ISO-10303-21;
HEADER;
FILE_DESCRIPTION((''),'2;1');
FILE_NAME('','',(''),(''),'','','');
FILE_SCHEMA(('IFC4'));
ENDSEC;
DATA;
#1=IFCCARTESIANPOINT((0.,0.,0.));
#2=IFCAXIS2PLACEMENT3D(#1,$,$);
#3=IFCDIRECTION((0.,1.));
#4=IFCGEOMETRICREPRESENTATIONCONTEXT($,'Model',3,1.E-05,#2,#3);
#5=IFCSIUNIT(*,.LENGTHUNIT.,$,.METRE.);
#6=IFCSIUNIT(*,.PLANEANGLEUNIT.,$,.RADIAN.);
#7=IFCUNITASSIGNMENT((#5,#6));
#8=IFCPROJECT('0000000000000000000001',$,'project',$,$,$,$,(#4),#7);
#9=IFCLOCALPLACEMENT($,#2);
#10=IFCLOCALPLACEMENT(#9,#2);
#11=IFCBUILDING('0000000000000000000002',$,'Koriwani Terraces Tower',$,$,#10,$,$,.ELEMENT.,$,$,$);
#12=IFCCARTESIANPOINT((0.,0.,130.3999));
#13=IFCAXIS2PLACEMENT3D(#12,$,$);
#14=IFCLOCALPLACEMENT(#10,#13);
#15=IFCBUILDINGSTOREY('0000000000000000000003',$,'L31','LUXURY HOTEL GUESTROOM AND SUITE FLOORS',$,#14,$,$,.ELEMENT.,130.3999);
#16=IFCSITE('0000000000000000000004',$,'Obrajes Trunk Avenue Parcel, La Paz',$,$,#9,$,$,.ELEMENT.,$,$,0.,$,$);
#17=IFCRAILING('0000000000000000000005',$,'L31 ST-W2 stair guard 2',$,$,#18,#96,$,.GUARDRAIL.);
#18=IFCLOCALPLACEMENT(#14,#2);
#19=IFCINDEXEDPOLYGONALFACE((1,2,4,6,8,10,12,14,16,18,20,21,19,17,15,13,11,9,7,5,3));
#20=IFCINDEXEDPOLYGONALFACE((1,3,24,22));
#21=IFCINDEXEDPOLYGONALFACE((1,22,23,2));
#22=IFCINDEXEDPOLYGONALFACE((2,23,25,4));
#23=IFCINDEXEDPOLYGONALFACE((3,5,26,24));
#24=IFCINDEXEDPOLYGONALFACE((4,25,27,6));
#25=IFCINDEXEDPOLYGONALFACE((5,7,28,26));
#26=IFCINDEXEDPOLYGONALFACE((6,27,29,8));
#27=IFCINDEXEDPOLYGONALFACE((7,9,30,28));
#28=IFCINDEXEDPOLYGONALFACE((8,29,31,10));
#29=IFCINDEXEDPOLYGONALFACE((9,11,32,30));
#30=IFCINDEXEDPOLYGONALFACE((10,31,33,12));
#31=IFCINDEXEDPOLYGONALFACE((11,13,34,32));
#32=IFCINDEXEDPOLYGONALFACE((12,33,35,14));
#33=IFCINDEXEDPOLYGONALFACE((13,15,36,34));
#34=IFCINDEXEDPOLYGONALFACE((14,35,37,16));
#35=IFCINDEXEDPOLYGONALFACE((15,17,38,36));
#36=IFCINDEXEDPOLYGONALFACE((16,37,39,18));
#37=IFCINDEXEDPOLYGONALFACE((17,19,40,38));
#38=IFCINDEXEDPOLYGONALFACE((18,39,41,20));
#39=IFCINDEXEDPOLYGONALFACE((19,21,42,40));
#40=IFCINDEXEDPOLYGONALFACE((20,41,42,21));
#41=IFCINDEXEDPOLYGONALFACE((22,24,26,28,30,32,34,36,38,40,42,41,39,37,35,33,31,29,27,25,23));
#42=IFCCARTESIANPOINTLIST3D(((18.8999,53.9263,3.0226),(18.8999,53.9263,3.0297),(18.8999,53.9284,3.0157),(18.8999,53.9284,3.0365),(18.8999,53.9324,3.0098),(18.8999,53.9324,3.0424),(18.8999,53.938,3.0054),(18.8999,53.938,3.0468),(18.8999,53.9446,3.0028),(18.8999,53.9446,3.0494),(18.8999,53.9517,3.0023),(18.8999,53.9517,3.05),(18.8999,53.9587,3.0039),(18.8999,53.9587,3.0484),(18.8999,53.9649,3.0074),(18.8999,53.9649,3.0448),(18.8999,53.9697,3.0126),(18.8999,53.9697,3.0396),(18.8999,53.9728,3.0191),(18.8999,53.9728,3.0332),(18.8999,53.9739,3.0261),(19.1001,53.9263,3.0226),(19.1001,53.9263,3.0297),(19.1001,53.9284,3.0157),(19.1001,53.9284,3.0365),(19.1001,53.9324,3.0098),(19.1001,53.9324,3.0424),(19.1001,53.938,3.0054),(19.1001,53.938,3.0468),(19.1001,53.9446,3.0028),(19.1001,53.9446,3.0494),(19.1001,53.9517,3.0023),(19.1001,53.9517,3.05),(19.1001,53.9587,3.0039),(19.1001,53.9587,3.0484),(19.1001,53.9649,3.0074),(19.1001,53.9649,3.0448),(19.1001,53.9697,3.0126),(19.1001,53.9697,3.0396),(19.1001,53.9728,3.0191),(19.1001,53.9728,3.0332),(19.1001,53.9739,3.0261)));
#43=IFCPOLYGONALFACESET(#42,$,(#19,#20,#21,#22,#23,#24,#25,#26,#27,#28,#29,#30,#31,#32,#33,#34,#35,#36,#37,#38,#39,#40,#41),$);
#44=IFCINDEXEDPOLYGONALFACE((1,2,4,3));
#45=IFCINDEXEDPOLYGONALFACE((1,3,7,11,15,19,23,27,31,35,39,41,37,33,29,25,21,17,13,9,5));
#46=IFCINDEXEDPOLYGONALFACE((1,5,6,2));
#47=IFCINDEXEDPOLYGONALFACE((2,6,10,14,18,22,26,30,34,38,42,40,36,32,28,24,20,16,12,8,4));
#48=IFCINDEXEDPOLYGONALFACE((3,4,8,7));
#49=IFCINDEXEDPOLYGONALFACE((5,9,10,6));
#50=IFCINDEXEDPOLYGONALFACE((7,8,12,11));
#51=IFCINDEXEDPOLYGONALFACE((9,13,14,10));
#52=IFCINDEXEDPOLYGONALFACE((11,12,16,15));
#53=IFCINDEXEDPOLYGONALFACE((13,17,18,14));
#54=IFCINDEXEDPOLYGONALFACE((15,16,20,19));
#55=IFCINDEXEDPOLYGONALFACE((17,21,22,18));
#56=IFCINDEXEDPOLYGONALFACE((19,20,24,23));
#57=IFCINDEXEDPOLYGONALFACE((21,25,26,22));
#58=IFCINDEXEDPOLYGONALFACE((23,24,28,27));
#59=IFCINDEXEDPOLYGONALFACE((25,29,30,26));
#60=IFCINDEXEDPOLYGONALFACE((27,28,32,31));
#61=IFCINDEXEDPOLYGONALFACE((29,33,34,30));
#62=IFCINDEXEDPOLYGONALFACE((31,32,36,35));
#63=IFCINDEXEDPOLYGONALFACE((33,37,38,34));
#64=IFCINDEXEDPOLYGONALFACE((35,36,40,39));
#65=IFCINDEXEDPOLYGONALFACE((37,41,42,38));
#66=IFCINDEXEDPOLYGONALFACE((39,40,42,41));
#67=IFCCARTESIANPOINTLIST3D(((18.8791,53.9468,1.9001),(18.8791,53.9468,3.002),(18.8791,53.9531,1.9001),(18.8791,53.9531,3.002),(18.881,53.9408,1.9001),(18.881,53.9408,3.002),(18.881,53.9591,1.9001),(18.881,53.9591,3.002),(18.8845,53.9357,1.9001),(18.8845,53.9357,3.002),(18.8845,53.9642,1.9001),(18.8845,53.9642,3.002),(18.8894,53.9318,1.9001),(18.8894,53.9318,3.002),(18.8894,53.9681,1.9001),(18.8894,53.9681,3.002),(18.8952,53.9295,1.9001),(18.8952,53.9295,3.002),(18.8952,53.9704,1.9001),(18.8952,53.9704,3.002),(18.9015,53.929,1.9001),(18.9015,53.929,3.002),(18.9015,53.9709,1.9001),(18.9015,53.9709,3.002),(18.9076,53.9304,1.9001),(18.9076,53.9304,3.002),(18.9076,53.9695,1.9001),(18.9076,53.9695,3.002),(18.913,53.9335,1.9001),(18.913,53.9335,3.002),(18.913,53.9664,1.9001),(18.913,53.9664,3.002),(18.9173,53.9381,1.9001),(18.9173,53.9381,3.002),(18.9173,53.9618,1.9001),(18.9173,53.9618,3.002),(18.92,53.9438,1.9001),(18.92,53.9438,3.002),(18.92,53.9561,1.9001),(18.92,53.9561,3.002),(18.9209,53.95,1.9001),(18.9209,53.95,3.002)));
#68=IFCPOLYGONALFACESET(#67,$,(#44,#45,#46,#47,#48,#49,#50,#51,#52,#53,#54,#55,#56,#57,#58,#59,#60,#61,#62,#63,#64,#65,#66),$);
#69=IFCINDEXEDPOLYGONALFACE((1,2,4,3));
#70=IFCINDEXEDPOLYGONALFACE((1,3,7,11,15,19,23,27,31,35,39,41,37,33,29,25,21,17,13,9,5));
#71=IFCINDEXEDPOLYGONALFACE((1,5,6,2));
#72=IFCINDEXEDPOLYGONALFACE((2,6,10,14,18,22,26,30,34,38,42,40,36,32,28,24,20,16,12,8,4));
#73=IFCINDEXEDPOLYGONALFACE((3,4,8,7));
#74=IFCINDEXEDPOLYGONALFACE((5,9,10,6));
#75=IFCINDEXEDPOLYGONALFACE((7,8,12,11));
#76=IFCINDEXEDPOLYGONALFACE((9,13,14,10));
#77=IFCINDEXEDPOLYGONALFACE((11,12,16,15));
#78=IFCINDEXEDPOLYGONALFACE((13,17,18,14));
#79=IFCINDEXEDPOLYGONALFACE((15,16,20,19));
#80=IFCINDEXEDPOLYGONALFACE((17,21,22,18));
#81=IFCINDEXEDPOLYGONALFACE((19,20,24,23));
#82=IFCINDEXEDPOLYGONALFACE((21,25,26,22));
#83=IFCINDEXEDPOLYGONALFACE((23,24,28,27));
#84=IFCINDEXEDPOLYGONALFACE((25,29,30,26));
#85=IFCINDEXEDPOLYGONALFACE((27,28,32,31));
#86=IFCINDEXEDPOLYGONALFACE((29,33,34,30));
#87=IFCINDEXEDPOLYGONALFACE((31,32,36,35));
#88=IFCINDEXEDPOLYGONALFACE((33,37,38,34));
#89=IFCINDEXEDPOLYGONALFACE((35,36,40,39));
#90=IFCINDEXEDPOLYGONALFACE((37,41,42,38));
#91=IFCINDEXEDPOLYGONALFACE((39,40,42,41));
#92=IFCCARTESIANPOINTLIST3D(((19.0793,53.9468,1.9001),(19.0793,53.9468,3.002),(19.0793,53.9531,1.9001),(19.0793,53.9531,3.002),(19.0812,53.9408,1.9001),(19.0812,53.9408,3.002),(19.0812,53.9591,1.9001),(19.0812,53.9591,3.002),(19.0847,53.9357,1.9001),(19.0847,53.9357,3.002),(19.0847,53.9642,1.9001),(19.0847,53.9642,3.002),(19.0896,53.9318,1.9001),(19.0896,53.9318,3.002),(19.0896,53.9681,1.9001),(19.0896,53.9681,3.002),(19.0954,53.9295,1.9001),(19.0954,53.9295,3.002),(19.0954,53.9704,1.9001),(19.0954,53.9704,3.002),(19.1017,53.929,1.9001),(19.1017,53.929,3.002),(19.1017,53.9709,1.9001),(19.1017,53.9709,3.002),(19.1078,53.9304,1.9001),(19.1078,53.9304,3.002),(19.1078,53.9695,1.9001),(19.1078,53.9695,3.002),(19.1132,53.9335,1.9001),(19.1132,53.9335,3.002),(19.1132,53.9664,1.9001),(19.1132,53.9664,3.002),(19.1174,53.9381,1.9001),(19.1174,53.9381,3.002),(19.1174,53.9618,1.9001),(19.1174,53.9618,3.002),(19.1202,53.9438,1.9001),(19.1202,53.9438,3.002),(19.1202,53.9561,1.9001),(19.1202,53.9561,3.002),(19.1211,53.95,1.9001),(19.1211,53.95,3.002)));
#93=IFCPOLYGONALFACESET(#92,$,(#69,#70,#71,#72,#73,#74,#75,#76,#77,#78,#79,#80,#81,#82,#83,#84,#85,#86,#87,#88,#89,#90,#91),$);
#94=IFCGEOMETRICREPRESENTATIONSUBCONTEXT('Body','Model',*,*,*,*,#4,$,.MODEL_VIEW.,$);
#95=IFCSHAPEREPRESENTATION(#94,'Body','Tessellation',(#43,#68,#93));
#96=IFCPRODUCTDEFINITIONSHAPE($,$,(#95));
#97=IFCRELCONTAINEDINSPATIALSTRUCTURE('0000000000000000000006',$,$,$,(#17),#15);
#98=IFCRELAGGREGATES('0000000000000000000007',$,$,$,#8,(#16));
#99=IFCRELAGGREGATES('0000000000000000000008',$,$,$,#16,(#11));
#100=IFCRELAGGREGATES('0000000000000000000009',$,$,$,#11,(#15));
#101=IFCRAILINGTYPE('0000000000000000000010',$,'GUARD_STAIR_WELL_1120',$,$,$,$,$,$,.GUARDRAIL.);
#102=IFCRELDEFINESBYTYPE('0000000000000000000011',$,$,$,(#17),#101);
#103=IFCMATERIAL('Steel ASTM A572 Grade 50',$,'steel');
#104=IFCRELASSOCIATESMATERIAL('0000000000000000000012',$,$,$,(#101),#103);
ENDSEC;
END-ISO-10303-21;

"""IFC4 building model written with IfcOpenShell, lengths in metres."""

from ifc_helpers import new_model, si_unit, direction, frame, origin, origin_2d, place, context, subcontext, project, spatial, circle, extrude, material, type_object, element, save


model = new_model("IFC4")

# Units and contexts
model_context = context("Model", 3, precision=1e-05, world=origin(), true_north=direction((0.0, 1.0)))
body_context = subcontext(model_context, "Body", "Model", "MODEL_VIEW")
ifc_project = project(units=[si_unit("LENGTHUNIT", "METRE"), si_unit("PLANEANGLEUNIT", "RADIAN")], contexts=[model_context])

# Site, building, storey
site_placement = place(None, origin())
site = spatial("IfcSite", under=ifc_project, at=site_placement, Name="Obrajes Trunk Avenue Parcel, La Paz", CompositionType="ELEMENT", RefElevation=0.0)
building_placement = place(site_placement, origin())
building = spatial("IfcBuilding", under=site, at=building_placement, Name="Koriwani Terraces Tower", CompositionType="ELEMENT")
storey_placement = place(building_placement, frame((0.0, 0.0, 130.3999)))
storey = spatial("IfcBuildingStorey", under=building, at=storey_placement, Name="L31", Description="LUXURY HOTEL GUESTROOM AND SUITE FLOORS", CompositionType="ELEMENT", Elevation=130.3999)

# Shared definitions
ifc_material_1 = material(Name="Steel ASTM A572 Grade 50", Category="steel")

# Railing
railing_type_1 = type_object("IfcRailingType", Name="GUARD_STAIR_WELL_1120", PredefinedType="GUARDRAIL", material=ifc_material_1)
railing_1_placement = place(storey_placement, frame((18.8999, 53.95, 1.9001)))
element("IfcRailing", 1, at=railing_1_placement, inside=storey, type_object=railing_type_1, Name="L31 ST-W2 stair guard 2", PredefinedType="GUARDRAIL", context=body_context, shape_type="SweptSolid", body=[
    extrude(circle(Radius=0.0239, at=origin_2d()), frame((0.0, 0.0, 1.126), z_axis=(1.0, 0.0, 0.0), x_axis=(0.0, 1.0, 0.0)), (0.0, 0.0, 1.0), 0.2002),
    extrude(circle(Radius=0.021, at=origin_2d()), origin(), (0.0, 0.0, 1.0), 1.1018),
    extrude(circle(Radius=0.021, at=origin_2d()), frame((0.2002, 0.0, 0.0)), (0.0, 0.0, 1.0), 1.1018),
])

save(model, "model.ifc")
